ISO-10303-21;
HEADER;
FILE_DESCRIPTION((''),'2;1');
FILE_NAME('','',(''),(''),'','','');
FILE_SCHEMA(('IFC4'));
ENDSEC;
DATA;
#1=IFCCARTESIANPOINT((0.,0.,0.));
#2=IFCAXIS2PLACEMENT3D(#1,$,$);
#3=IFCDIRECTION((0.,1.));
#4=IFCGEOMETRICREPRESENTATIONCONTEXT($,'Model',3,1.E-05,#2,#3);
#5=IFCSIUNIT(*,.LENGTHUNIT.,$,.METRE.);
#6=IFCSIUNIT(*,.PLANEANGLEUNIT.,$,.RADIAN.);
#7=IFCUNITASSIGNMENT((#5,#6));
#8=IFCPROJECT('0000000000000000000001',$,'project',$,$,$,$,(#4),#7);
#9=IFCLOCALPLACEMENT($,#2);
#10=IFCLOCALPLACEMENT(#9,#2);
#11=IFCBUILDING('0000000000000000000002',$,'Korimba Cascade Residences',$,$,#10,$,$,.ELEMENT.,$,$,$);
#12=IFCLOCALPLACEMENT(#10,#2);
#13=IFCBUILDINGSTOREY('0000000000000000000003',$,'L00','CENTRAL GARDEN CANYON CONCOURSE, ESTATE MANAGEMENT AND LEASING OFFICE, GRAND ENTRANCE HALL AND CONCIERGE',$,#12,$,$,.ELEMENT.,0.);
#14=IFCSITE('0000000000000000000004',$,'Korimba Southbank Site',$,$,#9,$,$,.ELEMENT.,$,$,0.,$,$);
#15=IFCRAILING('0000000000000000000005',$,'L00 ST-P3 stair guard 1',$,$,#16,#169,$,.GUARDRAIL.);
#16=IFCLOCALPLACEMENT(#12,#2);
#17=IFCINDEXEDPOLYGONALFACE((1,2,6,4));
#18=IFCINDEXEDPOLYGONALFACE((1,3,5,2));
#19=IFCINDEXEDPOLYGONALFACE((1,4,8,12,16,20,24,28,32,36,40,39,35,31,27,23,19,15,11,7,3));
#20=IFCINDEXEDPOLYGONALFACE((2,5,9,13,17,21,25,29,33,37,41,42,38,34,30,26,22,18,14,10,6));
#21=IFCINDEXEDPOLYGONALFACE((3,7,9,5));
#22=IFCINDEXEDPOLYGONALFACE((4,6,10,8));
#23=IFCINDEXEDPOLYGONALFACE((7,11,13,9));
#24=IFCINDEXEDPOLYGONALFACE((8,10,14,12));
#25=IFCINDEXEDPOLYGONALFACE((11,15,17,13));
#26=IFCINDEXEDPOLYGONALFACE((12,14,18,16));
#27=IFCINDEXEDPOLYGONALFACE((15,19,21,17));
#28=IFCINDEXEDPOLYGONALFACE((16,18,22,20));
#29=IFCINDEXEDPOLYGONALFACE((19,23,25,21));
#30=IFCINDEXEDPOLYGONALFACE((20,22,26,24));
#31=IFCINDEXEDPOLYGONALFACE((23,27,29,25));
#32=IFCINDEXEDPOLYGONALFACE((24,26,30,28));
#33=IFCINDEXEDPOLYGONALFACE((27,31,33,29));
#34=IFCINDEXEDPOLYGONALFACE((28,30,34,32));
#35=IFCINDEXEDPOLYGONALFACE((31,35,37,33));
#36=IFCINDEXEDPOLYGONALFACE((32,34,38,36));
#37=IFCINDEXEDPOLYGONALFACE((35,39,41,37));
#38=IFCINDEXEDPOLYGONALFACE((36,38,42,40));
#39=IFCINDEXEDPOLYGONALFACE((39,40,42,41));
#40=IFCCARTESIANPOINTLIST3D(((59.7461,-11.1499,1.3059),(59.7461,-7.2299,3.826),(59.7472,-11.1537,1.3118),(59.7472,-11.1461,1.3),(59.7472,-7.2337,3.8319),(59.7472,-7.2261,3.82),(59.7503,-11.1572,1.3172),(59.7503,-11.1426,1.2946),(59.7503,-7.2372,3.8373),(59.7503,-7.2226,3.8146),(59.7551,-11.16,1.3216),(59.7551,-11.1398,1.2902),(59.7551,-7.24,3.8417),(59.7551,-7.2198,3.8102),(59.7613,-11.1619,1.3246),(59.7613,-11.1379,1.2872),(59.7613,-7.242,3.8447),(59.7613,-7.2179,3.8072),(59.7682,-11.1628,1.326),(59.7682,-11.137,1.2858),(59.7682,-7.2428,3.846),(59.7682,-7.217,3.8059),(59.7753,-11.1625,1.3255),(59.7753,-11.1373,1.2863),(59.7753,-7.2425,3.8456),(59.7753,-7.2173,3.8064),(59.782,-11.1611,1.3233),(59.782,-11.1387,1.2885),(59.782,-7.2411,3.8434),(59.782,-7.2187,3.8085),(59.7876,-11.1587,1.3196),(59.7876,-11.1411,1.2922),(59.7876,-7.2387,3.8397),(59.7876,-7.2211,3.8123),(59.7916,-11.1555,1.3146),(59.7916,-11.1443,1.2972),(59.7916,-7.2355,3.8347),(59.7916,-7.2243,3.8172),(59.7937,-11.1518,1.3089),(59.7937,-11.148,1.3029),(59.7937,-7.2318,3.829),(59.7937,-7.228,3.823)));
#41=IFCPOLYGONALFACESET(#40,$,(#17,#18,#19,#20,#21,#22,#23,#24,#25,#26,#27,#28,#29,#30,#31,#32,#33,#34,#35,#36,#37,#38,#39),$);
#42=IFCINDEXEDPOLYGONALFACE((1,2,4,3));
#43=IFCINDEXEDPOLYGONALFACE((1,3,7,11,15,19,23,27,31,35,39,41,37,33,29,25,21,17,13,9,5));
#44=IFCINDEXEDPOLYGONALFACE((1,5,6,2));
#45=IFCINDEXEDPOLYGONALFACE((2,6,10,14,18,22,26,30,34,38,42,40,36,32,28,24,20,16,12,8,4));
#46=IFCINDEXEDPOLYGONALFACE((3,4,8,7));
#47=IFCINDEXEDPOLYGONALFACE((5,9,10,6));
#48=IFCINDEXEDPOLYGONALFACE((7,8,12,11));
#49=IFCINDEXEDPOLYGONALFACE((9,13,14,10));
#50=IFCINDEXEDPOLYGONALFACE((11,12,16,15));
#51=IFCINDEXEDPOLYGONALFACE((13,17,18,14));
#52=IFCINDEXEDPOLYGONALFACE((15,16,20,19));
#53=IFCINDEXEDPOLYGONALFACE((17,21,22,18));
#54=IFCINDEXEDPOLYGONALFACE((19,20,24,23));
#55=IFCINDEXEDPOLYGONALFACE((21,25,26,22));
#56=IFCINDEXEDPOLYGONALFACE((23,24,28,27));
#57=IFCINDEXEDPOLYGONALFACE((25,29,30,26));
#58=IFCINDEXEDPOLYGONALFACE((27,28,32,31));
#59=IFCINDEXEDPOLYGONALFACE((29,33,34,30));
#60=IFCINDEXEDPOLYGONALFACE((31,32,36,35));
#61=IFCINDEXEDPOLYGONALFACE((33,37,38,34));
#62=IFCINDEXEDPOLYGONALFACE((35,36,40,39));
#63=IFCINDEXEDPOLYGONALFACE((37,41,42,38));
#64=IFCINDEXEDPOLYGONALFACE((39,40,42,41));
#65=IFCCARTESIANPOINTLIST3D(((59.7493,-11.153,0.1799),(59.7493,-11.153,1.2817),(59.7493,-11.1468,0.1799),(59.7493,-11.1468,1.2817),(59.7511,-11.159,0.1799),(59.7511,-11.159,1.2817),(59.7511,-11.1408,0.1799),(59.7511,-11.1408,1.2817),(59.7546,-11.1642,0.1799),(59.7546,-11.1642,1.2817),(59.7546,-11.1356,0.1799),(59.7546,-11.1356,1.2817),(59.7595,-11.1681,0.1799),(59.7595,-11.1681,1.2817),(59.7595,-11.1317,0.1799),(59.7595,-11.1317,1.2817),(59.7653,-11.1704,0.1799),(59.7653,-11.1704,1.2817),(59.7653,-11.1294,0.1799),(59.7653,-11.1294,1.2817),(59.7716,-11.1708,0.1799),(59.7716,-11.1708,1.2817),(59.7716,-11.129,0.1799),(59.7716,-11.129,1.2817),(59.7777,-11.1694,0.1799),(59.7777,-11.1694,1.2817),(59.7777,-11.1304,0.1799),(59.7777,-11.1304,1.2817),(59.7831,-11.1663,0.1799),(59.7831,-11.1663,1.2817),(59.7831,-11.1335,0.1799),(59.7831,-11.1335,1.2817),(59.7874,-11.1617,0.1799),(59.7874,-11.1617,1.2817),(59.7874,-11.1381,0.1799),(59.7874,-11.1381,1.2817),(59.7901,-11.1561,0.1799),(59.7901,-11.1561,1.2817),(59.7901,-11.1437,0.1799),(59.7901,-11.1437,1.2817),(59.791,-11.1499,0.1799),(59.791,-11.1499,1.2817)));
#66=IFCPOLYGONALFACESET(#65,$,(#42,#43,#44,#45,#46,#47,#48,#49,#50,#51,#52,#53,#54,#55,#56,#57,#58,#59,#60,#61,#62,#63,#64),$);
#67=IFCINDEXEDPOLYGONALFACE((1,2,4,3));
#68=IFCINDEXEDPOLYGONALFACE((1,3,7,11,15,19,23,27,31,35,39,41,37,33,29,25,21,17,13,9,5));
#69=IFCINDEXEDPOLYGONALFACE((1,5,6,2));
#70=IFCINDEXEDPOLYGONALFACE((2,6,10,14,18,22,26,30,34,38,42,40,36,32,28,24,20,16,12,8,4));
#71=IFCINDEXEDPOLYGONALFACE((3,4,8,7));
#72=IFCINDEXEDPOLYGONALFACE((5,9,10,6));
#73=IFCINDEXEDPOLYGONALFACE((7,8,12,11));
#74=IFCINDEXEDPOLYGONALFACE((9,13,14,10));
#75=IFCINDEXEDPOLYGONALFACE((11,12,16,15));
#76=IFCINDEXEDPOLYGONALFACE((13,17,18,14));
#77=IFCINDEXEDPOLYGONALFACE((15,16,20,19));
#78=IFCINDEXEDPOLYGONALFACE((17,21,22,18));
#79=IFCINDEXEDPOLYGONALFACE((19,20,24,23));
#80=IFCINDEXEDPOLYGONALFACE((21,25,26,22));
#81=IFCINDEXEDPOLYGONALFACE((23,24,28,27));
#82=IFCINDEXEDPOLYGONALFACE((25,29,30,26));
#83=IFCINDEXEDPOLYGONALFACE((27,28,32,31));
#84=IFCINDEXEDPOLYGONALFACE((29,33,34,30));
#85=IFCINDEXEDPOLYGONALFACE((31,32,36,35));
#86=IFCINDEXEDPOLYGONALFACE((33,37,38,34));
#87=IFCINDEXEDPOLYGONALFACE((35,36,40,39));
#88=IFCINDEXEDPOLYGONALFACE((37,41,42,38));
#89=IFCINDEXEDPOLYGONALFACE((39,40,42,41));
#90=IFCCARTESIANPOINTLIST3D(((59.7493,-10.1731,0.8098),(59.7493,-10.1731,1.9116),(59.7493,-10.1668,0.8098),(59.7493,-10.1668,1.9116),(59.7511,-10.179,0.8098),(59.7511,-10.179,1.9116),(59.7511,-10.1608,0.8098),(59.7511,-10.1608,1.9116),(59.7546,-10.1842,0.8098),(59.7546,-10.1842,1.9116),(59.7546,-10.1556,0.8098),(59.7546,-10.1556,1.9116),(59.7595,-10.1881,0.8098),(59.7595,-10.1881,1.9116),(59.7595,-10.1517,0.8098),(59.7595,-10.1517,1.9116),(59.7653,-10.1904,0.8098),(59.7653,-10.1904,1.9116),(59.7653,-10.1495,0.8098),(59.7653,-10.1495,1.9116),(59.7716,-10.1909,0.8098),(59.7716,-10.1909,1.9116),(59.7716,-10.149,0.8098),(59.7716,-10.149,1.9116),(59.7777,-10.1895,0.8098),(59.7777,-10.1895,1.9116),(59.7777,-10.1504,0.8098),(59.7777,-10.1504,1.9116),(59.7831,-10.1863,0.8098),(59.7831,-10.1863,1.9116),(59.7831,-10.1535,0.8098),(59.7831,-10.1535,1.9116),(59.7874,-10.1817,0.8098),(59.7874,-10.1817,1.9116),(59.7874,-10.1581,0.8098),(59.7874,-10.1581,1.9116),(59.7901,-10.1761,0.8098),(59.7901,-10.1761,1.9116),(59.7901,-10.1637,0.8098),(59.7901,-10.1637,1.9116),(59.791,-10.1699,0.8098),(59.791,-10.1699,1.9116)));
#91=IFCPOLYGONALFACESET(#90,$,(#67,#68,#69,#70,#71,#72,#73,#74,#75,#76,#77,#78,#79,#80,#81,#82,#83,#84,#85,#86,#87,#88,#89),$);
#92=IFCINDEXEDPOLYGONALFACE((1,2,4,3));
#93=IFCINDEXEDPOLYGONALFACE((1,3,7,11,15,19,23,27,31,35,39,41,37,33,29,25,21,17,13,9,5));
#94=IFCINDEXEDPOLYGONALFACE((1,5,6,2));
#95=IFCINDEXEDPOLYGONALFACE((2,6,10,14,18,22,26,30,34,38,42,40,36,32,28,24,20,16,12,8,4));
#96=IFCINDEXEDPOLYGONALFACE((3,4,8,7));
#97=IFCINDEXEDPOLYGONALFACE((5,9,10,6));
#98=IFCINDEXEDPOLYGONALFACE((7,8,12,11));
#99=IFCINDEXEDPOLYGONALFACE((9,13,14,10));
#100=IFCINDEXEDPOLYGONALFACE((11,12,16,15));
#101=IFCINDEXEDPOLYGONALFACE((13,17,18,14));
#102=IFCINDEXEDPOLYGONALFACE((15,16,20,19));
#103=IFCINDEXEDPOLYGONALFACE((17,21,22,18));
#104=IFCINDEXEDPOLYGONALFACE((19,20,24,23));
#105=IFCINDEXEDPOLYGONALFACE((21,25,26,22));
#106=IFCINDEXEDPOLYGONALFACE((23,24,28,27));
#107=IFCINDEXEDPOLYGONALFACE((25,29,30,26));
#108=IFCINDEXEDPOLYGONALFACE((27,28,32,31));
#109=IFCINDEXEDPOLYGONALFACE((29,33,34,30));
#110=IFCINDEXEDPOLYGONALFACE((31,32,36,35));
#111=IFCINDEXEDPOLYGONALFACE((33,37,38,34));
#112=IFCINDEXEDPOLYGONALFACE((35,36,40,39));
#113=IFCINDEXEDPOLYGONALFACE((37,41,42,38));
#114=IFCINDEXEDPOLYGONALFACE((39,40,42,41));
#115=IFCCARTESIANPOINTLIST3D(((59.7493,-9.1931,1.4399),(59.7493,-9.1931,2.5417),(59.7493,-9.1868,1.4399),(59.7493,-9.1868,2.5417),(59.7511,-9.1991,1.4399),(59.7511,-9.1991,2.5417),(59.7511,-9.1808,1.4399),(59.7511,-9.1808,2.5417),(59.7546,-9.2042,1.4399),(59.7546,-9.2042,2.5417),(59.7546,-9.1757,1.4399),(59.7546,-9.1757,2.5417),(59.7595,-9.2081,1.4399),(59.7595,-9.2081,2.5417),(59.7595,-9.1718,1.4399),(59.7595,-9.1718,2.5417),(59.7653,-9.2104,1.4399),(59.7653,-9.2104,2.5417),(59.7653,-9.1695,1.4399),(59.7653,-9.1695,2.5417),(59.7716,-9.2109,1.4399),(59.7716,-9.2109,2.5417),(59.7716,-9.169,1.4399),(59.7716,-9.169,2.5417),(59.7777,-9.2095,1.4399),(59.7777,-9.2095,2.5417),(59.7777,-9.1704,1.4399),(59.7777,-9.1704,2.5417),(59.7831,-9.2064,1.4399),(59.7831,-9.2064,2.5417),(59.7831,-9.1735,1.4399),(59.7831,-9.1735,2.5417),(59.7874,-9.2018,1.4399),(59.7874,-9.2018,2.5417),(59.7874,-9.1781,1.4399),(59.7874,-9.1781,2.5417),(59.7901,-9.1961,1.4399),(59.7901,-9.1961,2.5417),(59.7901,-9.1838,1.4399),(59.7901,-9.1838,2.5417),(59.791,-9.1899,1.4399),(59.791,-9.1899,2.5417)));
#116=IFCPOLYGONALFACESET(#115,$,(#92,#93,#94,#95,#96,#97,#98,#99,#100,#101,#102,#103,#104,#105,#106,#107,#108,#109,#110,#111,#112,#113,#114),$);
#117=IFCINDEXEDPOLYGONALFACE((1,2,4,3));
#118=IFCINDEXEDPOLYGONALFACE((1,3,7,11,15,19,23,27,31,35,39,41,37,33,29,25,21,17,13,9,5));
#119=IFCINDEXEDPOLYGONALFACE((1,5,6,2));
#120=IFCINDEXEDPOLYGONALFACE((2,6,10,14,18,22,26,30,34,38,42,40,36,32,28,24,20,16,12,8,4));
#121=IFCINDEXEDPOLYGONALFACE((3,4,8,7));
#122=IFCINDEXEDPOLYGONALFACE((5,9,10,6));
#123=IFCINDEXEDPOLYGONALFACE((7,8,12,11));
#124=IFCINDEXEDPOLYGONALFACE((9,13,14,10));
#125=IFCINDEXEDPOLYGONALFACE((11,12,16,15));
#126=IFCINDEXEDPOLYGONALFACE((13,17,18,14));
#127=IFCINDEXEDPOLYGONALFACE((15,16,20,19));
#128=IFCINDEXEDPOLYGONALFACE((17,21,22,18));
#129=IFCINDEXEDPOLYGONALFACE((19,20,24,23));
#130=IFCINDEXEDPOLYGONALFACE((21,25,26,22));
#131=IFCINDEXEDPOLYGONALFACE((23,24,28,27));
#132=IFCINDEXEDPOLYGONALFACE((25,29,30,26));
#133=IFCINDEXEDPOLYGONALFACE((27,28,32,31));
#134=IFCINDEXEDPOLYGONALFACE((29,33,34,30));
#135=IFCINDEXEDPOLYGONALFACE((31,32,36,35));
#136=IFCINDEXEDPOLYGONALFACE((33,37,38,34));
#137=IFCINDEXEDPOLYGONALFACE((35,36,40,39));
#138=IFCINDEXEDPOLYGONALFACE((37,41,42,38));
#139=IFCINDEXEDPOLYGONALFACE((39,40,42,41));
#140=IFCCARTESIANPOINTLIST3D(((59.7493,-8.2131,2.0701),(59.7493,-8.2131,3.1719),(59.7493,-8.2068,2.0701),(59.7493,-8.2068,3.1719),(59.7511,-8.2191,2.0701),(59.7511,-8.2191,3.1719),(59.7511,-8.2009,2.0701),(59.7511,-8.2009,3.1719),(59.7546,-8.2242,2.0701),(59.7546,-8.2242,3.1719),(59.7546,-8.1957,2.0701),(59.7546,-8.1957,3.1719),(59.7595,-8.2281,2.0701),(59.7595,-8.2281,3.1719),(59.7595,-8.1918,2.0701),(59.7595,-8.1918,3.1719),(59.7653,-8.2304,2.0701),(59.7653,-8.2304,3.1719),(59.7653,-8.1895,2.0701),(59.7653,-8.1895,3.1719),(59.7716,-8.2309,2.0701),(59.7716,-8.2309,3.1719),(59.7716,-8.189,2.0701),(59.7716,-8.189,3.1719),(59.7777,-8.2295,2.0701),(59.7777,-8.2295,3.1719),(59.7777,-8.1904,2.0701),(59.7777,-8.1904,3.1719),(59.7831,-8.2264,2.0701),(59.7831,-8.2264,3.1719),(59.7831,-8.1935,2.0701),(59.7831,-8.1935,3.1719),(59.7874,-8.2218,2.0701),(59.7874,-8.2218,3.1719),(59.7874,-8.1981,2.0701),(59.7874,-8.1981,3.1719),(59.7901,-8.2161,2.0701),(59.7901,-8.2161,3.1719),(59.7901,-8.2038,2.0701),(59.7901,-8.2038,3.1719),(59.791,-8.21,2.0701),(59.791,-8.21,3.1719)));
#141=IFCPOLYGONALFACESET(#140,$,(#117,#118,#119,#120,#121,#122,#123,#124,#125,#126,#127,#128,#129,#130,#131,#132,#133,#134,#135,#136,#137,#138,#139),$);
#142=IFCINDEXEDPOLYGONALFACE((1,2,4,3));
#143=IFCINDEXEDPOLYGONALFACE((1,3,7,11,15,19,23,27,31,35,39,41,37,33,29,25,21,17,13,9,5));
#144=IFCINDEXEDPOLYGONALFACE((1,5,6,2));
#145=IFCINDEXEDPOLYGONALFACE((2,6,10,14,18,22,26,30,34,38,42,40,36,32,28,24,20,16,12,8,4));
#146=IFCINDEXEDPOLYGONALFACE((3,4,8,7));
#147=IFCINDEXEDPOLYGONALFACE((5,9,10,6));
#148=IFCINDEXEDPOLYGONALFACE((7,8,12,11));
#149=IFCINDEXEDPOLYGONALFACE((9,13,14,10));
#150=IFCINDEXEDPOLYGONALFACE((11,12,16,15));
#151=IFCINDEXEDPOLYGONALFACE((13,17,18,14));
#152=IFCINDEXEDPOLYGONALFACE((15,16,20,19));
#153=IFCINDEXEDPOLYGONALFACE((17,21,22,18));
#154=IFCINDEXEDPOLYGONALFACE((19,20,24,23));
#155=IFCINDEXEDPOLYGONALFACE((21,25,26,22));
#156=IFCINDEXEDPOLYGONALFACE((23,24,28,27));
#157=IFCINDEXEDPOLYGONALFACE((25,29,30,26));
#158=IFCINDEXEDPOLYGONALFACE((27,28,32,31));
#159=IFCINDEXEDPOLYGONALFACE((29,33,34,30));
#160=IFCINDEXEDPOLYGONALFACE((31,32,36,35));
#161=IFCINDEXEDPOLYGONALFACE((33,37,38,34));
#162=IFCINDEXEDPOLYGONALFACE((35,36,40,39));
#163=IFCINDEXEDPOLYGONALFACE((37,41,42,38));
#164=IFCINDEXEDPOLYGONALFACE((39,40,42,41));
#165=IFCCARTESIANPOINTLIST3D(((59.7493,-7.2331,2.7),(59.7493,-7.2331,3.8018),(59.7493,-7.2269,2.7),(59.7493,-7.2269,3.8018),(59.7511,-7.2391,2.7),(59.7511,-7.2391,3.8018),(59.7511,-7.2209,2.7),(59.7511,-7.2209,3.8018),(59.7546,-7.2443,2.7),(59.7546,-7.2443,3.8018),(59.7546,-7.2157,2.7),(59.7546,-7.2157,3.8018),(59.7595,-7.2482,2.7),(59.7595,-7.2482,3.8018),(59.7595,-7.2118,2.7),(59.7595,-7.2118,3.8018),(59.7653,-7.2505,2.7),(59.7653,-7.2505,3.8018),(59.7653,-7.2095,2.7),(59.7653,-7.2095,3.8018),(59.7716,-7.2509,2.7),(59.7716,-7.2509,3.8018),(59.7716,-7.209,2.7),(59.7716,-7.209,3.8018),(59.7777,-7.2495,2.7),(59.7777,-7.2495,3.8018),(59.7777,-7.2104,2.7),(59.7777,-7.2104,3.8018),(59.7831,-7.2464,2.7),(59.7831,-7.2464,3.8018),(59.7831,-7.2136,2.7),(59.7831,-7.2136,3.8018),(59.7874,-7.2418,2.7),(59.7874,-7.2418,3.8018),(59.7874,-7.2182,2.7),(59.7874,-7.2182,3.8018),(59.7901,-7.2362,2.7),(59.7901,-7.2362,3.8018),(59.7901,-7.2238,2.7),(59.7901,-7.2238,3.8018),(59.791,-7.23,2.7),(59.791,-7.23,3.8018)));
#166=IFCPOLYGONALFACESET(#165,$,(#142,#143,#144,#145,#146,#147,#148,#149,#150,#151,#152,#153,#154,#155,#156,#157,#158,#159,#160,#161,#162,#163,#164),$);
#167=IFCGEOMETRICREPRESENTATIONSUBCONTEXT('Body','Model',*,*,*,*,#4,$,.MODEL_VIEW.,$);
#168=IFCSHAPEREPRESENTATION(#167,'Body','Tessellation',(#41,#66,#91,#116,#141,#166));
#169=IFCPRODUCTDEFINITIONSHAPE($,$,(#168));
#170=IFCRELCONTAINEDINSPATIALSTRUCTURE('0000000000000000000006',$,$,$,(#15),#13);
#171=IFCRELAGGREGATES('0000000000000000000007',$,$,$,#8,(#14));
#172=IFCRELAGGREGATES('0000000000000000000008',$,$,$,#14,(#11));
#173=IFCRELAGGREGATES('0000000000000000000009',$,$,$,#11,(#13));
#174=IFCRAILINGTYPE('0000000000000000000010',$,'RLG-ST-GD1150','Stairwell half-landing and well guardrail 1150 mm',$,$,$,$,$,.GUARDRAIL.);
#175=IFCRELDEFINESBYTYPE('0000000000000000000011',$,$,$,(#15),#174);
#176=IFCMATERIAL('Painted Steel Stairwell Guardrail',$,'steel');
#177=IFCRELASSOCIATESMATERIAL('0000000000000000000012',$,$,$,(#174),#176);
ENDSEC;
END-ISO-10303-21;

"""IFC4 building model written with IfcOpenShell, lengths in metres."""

from ifc_helpers import new_model, si_unit, direction, frame, origin, origin_2d, place, context, subcontext, project, spatial, circle, extrude, material, type_object, element, save


model = new_model("IFC4")

# Units and contexts
model_context = context("Model", 3, precision=1e-05, world=origin(), true_north=direction((0.0, 1.0)))
body_context = subcontext(model_context, "Body", "Model", "MODEL_VIEW")
ifc_project = project(units=[si_unit("LENGTHUNIT", "METRE"), si_unit("PLANEANGLEUNIT", "RADIAN")], contexts=[model_context])

# Site, building, storey
site_placement = place(None, origin())
site = spatial("IfcSite", under=ifc_project, at=site_placement, Name="Korimba Southbank Site", CompositionType="ELEMENT", RefElevation=0.0)
building_placement = place(site_placement, origin())
building = spatial("IfcBuilding", under=site, at=building_placement, Name="Korimba Cascade Residences", CompositionType="ELEMENT")
storey_placement = place(building_placement, origin())
storey = spatial("IfcBuildingStorey", under=building, at=storey_placement, Name="L00", Description="CENTRAL GARDEN CANYON CONCOURSE, ESTATE MANAGEMENT AND LEASING OFFICE, GRAND ENTRANCE HALL AND CONCIERGE", CompositionType="ELEMENT", Elevation=0.0)

# Railing
ifc_material_1 = material(Name="Painted Steel Stairwell Guardrail", Category="steel")
railing_type_1 = type_object("IfcRailingType", Name="RLG-ST-GD1150", Description="Stairwell half-landing and well guardrail 1150 mm", PredefinedType="GUARDRAIL", material=ifc_material_1)
railing_1_placement = place(storey_placement, frame((59.77, -11.1499, 0.1799)))
element("IfcRailing", 1, at=railing_1_placement, inside=storey, type_object=railing_type_1, Name="L00 ST-P3 stair guard 1", PredefinedType="GUARDRAIL", context=body_context, shape_type="SweptSolid", body=[
    extrude(circle(Radius=0.0239, at=origin_2d()), frame((0.0, 0.0, 1.126), z_axis=(0.0, 0.841172, 0.540768), x_axis=(-1.0, 0.0, 0.0)), (0.0, 0.0, 1.0), 4.6602),
    extrude(circle(Radius=0.021, at=origin_2d()), origin(), (0.0, 0.0, 1.0), 1.1018),
    extrude(circle(Radius=0.021, at=origin_2d()), frame((0.0, 0.98, 0.6299)), (0.0, 0.0, 1.0), 1.1018),
    extrude(circle(Radius=0.021, at=origin_2d()), frame((0.0, 1.96, 1.26)), (0.0, 0.0, 1.0), 1.1018),
    extrude(circle(Radius=0.021, at=origin_2d()), frame((0.0, 2.9399, 1.8901)), (0.0, 0.0, 1.0), 1.1018),
    extrude(circle(Radius=0.021, at=origin_2d()), frame((0.0, 3.9199, 2.52)), (0.0, 0.0, 1.0), 1.1018),
])

save(model, "model.ifc")
